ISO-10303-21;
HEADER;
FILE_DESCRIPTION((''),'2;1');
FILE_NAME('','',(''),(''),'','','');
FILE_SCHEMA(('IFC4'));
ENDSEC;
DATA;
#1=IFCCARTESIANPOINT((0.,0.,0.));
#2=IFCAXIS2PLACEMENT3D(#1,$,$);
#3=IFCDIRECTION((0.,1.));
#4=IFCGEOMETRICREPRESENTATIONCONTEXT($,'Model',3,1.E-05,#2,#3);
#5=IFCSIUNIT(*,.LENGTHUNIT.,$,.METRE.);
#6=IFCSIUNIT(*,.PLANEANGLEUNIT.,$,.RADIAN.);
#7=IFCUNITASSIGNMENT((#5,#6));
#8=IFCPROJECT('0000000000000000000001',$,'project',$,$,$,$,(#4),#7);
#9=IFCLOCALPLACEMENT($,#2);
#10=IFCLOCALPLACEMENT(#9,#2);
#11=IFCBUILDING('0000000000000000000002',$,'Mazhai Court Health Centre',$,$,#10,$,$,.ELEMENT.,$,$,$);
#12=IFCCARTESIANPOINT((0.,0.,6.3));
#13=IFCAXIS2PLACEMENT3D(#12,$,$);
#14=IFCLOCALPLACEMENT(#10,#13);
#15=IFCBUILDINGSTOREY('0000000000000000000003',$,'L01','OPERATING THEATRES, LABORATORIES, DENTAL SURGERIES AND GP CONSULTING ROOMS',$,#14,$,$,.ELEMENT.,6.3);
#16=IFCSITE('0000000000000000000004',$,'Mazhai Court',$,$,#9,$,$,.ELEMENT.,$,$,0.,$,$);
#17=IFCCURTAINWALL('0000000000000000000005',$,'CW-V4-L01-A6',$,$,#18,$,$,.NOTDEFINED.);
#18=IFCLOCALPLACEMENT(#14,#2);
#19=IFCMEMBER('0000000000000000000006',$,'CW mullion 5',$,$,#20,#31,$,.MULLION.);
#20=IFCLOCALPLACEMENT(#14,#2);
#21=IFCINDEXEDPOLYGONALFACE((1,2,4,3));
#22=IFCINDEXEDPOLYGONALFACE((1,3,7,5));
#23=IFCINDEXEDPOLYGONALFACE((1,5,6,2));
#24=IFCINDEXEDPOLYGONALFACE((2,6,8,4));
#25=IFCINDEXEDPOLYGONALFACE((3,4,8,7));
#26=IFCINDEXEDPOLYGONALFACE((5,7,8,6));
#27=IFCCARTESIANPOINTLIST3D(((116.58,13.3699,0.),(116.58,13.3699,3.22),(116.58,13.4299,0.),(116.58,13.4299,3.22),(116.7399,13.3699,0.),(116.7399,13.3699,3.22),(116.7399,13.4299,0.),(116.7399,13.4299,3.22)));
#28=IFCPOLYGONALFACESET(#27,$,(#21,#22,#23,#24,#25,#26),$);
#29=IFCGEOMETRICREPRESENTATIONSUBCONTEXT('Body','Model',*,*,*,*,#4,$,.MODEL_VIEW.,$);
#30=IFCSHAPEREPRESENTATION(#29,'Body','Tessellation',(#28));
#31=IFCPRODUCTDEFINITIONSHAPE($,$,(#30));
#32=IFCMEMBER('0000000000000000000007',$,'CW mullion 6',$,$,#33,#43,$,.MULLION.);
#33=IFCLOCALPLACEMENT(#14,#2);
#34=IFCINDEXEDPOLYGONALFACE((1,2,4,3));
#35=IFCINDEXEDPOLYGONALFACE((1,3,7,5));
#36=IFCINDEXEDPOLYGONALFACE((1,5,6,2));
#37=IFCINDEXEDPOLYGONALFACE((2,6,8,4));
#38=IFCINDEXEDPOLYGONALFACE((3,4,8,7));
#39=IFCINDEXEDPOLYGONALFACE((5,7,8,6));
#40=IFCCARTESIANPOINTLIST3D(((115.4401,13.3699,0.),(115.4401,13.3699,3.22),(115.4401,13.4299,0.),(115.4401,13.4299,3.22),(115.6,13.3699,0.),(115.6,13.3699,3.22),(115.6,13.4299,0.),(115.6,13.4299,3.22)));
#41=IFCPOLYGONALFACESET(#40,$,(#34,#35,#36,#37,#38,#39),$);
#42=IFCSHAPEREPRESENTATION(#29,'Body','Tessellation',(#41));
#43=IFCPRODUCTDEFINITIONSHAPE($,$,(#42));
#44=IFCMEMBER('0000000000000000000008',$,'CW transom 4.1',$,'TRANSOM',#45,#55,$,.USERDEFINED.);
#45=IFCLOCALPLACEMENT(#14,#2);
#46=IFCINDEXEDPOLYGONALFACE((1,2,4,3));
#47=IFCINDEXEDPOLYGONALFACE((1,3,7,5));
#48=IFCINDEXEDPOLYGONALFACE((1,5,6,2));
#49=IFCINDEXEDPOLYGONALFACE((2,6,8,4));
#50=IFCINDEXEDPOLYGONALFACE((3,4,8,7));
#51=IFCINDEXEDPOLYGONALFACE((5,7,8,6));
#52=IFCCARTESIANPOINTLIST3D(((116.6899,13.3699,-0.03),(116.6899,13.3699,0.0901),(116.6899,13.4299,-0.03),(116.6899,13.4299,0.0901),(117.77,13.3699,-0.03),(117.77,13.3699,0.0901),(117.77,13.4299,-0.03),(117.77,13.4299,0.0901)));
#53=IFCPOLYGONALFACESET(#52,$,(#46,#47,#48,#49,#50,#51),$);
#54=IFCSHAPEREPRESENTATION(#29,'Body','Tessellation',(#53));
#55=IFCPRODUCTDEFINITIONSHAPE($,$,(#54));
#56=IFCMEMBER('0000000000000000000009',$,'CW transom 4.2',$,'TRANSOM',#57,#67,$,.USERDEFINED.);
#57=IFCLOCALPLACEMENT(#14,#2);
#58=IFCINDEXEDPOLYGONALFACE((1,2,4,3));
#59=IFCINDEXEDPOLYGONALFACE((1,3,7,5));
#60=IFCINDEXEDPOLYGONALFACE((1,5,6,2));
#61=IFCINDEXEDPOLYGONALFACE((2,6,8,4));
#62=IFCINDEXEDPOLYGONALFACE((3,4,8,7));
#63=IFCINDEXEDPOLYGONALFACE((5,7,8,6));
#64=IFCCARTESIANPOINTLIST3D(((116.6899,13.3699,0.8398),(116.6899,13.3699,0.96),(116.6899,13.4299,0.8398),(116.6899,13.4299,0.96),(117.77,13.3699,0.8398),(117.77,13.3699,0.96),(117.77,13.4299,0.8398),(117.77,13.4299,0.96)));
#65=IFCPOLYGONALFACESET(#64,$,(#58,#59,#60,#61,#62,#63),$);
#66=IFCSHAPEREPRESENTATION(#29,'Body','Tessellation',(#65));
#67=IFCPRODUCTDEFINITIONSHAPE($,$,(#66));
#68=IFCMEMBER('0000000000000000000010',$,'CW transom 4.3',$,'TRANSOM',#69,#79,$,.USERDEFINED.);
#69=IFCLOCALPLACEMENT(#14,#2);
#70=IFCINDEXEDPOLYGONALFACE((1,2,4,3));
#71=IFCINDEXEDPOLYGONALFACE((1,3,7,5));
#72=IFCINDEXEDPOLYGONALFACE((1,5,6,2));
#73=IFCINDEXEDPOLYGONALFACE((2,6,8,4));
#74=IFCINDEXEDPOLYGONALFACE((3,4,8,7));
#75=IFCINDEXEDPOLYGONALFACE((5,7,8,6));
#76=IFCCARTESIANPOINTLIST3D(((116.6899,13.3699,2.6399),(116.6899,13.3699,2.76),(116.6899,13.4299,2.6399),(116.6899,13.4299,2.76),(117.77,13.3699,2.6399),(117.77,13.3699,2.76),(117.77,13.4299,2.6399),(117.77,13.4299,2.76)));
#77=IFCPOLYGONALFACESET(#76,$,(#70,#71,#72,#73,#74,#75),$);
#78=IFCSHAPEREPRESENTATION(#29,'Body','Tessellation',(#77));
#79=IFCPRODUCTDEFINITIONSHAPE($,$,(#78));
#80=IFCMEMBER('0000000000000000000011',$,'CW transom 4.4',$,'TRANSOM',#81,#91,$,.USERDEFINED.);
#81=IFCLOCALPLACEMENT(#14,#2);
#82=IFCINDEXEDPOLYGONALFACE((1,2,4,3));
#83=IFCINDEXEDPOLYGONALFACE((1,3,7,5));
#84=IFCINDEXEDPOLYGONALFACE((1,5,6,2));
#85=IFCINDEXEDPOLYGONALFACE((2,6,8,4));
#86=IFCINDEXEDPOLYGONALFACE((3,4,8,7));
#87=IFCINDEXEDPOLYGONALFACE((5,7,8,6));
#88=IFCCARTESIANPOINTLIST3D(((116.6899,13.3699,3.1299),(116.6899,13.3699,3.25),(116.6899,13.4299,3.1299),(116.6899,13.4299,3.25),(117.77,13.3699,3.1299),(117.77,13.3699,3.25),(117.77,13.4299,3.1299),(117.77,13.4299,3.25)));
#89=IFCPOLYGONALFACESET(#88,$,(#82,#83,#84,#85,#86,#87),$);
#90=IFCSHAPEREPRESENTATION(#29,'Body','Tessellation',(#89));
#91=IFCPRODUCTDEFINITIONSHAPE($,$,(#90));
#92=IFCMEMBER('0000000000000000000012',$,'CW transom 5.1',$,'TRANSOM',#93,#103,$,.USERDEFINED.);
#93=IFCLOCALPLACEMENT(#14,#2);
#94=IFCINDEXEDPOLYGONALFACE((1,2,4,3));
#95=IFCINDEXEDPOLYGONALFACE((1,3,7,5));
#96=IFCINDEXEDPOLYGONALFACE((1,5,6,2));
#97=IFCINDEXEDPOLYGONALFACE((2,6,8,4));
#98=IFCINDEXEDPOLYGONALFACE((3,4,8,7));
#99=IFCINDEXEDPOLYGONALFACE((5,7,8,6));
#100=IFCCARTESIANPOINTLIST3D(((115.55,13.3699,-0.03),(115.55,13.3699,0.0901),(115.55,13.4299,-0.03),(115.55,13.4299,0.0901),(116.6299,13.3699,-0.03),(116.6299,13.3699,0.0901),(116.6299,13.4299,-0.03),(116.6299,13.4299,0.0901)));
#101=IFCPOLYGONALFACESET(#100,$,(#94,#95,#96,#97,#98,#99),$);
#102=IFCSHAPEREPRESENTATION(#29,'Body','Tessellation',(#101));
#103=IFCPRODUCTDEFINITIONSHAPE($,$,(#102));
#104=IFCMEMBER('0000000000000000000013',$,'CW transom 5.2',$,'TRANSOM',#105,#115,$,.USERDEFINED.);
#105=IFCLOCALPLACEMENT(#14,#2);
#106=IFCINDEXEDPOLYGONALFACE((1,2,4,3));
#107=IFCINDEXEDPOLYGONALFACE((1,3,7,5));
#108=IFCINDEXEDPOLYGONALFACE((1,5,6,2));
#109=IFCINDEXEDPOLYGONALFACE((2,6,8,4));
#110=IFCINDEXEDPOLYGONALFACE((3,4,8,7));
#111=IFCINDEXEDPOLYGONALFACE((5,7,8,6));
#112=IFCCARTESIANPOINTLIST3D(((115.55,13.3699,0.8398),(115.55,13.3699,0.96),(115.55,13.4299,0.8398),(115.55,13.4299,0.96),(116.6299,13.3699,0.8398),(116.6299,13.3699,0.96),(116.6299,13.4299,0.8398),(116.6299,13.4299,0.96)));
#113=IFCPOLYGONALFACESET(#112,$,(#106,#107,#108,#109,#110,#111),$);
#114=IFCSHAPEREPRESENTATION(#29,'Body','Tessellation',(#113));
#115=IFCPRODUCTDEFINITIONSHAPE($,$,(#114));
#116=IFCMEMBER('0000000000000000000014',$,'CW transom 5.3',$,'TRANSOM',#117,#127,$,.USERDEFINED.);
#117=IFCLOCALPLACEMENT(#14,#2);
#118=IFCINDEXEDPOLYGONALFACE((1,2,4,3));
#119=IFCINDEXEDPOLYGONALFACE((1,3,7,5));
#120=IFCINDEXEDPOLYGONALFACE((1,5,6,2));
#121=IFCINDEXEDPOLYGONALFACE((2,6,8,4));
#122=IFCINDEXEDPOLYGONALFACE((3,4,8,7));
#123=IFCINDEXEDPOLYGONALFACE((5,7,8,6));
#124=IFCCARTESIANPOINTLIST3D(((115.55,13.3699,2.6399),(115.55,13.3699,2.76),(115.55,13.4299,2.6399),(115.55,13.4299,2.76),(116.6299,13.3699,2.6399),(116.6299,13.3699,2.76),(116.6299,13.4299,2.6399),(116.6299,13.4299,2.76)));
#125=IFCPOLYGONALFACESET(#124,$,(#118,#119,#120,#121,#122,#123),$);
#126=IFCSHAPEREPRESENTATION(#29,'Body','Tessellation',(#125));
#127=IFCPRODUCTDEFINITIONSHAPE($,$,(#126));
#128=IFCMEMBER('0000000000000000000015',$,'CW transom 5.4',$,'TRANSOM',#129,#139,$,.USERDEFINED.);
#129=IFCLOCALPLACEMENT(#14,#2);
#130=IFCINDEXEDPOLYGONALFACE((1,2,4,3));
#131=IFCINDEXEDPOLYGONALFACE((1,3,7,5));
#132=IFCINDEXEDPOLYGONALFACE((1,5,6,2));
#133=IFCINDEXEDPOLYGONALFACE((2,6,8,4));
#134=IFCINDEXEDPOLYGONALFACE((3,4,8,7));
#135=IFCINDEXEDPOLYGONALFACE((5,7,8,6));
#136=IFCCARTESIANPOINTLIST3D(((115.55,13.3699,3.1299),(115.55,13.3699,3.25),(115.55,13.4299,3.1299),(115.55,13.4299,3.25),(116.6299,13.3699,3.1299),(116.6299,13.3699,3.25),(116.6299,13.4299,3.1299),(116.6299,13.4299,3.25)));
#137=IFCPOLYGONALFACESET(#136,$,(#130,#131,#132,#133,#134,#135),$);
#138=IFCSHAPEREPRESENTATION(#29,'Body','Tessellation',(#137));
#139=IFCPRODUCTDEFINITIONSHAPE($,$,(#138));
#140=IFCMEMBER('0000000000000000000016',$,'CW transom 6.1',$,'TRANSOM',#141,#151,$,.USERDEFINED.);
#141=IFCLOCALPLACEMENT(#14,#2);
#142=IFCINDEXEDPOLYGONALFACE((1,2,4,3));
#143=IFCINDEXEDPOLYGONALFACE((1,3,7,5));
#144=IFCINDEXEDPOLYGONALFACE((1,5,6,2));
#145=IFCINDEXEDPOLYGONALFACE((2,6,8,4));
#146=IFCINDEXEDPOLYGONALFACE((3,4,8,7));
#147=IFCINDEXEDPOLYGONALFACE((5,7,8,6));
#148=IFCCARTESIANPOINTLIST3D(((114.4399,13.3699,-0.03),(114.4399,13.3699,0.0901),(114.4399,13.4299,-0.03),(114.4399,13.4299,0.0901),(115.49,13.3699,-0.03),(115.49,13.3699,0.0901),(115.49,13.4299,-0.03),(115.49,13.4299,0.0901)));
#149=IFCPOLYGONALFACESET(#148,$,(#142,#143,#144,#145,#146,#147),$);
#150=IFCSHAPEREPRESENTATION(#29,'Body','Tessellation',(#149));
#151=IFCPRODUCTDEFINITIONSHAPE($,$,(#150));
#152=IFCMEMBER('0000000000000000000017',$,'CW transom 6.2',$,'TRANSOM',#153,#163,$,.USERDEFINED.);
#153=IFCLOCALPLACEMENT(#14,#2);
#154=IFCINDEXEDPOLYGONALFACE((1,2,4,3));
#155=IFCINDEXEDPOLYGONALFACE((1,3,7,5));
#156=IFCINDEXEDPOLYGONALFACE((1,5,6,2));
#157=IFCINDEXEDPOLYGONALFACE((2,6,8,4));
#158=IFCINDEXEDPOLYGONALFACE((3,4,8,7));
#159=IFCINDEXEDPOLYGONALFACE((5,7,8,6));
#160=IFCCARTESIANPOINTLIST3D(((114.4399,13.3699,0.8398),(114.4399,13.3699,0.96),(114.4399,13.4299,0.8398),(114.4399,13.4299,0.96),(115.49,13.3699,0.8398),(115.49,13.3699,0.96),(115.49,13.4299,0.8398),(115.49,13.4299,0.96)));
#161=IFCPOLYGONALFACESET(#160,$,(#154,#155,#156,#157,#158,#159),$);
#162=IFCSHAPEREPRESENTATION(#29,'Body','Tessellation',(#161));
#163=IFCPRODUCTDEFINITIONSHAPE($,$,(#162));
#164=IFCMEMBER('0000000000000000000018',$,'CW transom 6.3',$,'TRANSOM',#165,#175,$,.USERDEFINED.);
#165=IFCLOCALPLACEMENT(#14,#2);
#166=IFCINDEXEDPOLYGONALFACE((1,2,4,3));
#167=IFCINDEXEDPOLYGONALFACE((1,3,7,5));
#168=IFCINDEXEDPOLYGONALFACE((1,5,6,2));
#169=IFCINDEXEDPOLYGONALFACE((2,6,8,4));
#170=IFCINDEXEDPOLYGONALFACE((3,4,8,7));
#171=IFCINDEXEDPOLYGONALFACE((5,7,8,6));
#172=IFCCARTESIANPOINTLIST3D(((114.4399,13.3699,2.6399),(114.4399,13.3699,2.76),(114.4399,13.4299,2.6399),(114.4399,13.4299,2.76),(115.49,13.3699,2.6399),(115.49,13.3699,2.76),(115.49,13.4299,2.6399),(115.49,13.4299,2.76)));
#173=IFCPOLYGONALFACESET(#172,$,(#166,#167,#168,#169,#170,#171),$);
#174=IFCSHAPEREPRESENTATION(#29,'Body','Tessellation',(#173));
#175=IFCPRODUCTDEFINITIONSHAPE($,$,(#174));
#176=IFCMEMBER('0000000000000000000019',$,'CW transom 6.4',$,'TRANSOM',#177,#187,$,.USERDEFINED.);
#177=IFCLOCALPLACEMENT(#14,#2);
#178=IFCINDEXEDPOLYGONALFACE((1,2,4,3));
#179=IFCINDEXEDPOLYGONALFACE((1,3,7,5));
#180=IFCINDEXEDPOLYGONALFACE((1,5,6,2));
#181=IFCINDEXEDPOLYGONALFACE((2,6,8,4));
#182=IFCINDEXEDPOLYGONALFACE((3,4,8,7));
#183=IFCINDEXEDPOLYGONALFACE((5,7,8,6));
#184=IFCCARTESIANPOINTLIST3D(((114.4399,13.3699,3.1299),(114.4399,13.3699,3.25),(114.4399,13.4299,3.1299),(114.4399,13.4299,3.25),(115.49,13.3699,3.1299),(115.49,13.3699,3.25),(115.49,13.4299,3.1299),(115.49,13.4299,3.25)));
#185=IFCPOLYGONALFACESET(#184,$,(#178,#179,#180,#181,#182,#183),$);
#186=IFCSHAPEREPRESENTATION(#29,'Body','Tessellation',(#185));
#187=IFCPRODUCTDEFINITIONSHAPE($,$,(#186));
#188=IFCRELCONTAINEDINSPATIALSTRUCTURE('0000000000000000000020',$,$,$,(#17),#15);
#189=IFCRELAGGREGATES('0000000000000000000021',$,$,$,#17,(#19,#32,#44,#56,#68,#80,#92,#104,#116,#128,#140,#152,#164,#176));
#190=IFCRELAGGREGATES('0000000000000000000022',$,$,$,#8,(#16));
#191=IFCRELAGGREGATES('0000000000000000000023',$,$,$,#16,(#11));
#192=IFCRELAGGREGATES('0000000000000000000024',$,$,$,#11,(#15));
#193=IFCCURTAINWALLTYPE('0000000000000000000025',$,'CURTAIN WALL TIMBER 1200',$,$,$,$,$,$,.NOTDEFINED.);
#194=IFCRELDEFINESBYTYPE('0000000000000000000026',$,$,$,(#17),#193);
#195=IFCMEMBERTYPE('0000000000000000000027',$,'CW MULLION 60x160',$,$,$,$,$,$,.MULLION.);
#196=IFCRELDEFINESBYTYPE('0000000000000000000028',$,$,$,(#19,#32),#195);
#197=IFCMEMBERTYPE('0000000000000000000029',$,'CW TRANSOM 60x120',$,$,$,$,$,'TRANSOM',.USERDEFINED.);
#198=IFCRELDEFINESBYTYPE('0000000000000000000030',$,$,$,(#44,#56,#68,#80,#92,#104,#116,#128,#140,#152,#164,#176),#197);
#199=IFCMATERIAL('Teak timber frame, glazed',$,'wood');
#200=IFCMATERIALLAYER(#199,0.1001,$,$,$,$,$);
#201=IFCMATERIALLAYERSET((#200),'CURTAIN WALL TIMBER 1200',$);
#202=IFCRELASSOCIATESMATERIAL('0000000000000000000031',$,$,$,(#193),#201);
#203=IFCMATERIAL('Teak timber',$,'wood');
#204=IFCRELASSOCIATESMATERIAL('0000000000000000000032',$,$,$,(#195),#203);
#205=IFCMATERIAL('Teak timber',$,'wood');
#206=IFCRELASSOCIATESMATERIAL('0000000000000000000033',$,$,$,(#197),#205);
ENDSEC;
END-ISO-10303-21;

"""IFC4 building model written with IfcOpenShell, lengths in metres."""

from ifc_helpers import new_model, si_unit, direction, frame, origin, origin_2d, place, context, subcontext, project, spatial, rectangle, extrude, material, layer, layer_set, material_profile, profile_set, type_object, element, aggregate, save


model = new_model("IFC4")

# Units and contexts
model_context = context("Model", 3, precision=1e-05, world=origin(), true_north=direction((0.0, 1.0)))
body_context = subcontext(model_context, "Body", "Model", "MODEL_VIEW")
ifc_project = project(units=[si_unit("LENGTHUNIT", "METRE"), si_unit("PLANEANGLEUNIT", "RADIAN")], contexts=[model_context])

# Site, building, storey
site_placement = place(None, origin())
site = spatial("IfcSite", under=ifc_project, at=site_placement, Name="Mazhai Court", CompositionType="ELEMENT", RefElevation=0.0)
building_placement = place(site_placement, origin())
building = spatial("IfcBuilding", under=site, at=building_placement, Name="Mazhai Court Health Centre", CompositionType="ELEMENT")
storey_placement = place(building_placement, frame((0.0, 0.0, 6.3)))
storey = spatial("IfcBuildingStorey", under=building, at=storey_placement, Name="L01", Description="OPERATING THEATRES, LABORATORIES, DENTAL SURGERIES AND GP CONSULTING ROOMS", CompositionType="ELEMENT", Elevation=6.3)

# Curtain wall, members
ifc_material_1 = material(Name="Teak timber frame, glazed", Category="wood")
ifc_layer_1 = layer(ifc_material_1, 0.1001)
ifc_layer_set_1 = layer_set([ifc_layer_1], Name="CURTAIN WALL TIMBER 1200")
curtain_wall_type = type_object("IfcCurtainWallType", Name="CURTAIN WALL TIMBER 1200", PredefinedType="NOTDEFINED", material=ifc_layer_set_1)
curtain_wall_placement = place(storey_placement, origin())
curtain_wall = element("IfcCurtainWall", 1, at=curtain_wall_placement, inside=storey, type_object=curtain_wall_type, Name="CW-V4-L01-A6", PredefinedType="NOTDEFINED")
ifc_material_2 = material(Name="Teak timber", Category="wood")
ifc_material_profile_1 = material_profile(ifc_material_2, rectangle(XDim=0.0601, YDim=0.1599, at=origin_2d()), Name="CW MULLION 60x160")
ifc_profile_set_1 = profile_set([ifc_material_profile_1], Name="Teak timber")
member_type_1 = type_object("IfcMemberType", Name="CW MULLION 60x160", PredefinedType="MULLION", material=ifc_profile_set_1)
member_1_placement = place(storey_placement, frame((116.6599, 13.3999, 0.0), z_axis=(0.0, 0.0, 1.0), x_axis=(0.0, -1.0, 0.0)))
member_1 = element("IfcMember", 2, at=member_1_placement, type_object=member_type_1, Name="CW mullion 5", PredefinedType="MULLION", context=body_context, shape_type="SweptSolid", body=[
    extrude(rectangle(XDim=0.0601, YDim=0.1599, at=origin_2d()), origin(), (0.0, 0.0, 1.0), 3.22),
])
member_2_placement = place(storey_placement, frame((115.52, 13.3999, 0.0), z_axis=(0.0, 0.0, 1.0), x_axis=(0.0, -1.0, 0.0)))
member_2 = element("IfcMember", 3, at=member_2_placement, type_object=member_type_1, Name="CW mullion 6", PredefinedType="MULLION", context=body_context, shape_type="SweptSolid", body=[
    extrude(rectangle(XDim=0.0601, YDim=0.1599, at=origin_2d()), origin(), (0.0, 0.0, 1.0), 3.22),
])
ifc_material_3 = material(Name="Teak timber", Category="wood")
ifc_material_profile_2 = material_profile(ifc_material_3, rectangle(XDim=0.0601, YDim=0.1201, at=origin_2d()), Name="CW TRANSOM 60x120")
ifc_profile_set_2 = profile_set([ifc_material_profile_2], Name="Teak timber")
member_type_2 = type_object("IfcMemberType", Name="CW TRANSOM 60x120", ElementType="TRANSOM", PredefinedType="USERDEFINED", material=ifc_profile_set_2)
member_3_placement = place(storey_placement, frame((117.77, 13.3999, 0.03), z_axis=(-1.0, 0.0, 0.0), x_axis=(0.0, -1.0, 0.0)))
member_3 = element("IfcMember", 4, at=member_3_placement, type_object=member_type_2, Name="CW transom 4.1", ObjectType="TRANSOM", PredefinedType="USERDEFINED", context=body_context, shape_type="SweptSolid", body=[
    extrude(rectangle(XDim=0.0601, YDim=0.1201, at=origin_2d()), origin(), (0.0, 0.0, 1.0), 1.0801),
])
member_4_placement = place(storey_placement, frame((117.77, 13.3999, 0.8999), z_axis=(-1.0, 0.0, 0.0), x_axis=(0.0, -1.0, 0.0)))
member_4 = element("IfcMember", 5, at=member_4_placement, type_object=member_type_2, Name="CW transom 4.2", ObjectType="TRANSOM", PredefinedType="USERDEFINED", context=body_context, shape_type="SweptSolid", body=[
    extrude(rectangle(XDim=0.0601, YDim=0.1201, at=origin_2d()), origin(), (0.0, 0.0, 1.0), 1.0801),
])
member_5_placement = place(storey_placement, frame((117.77, 13.3999, 2.7), z_axis=(-1.0, 0.0, 0.0), x_axis=(0.0, -1.0, 0.0)))
member_5 = element("IfcMember", 6, at=member_5_placement, type_object=member_type_2, Name="CW transom 4.3", ObjectType="TRANSOM", PredefinedType="USERDEFINED", context=body_context, shape_type="SweptSolid", body=[
    extrude(rectangle(XDim=0.0601, YDim=0.1201, at=origin_2d()), origin(), (0.0, 0.0, 1.0), 1.0801),
])
member_6_placement = place(storey_placement, frame((117.77, 13.3999, 3.1899), z_axis=(-1.0, 0.0, 0.0), x_axis=(0.0, -1.0, 0.0)))
member_6 = element("IfcMember", 7, at=member_6_placement, type_object=member_type_2, Name="CW transom 4.4", ObjectType="TRANSOM", PredefinedType="USERDEFINED", context=body_context, shape_type="SweptSolid", body=[
    extrude(rectangle(XDim=0.0601, YDim=0.1201, at=origin_2d()), origin(), (0.0, 0.0, 1.0), 1.0801),
])
member_7_placement = place(storey_placement, frame((116.6299, 13.3999, 0.03), z_axis=(-1.0, 0.0, 0.0), x_axis=(0.0, -1.0, 0.0)))
member_7 = element("IfcMember", 8, at=member_7_placement, type_object=member_type_2, Name="CW transom 5.1", ObjectType="TRANSOM", PredefinedType="USERDEFINED", context=body_context, shape_type="SweptSolid", body=[
    extrude(rectangle(XDim=0.0601, YDim=0.1201, at=origin_2d()), origin(), (0.0, 0.0, 1.0), 1.0798),
])
member_8_placement = place(storey_placement, frame((116.6299, 13.3999, 0.8999), z_axis=(-1.0, 0.0, 0.0), x_axis=(0.0, -1.0, 0.0)))
member_8 = element("IfcMember", 9, at=member_8_placement, type_object=member_type_2, Name="CW transom 5.2", ObjectType="TRANSOM", PredefinedType="USERDEFINED", context=body_context, shape_type="SweptSolid", body=[
    extrude(rectangle(XDim=0.0601, YDim=0.1201, at=origin_2d()), origin(), (0.0, 0.0, 1.0), 1.0798),
])
member_9_placement = place(storey_placement, frame((116.6299, 13.3999, 2.7), z_axis=(-1.0, 0.0, 0.0), x_axis=(0.0, -1.0, 0.0)))
member_9 = element("IfcMember", 10, at=member_9_placement, type_object=member_type_2, Name="CW transom 5.3", ObjectType="TRANSOM", PredefinedType="USERDEFINED", context=body_context, shape_type="SweptSolid", body=[
    extrude(rectangle(XDim=0.0601, YDim=0.1201, at=origin_2d()), origin(), (0.0, 0.0, 1.0), 1.0798),
])
member_10_placement = place(storey_placement, frame((116.6299, 13.3999, 3.1899), z_axis=(-1.0, 0.0, 0.0), x_axis=(0.0, -1.0, 0.0)))
member_10 = element("IfcMember", 11, at=member_10_placement, type_object=member_type_2, Name="CW transom 5.4", ObjectType="TRANSOM", PredefinedType="USERDEFINED", context=body_context, shape_type="SweptSolid", body=[
    extrude(rectangle(XDim=0.0601, YDim=0.1201, at=origin_2d()), origin(), (0.0, 0.0, 1.0), 1.0798),
])
member_11_placement = place(storey_placement, frame((115.49, 13.3999, 0.03), z_axis=(-1.0, 0.0, 0.0), x_axis=(0.0, -1.0, 0.0)))
member_11 = element("IfcMember", 12, at=member_11_placement, type_object=member_type_2, Name="CW transom 6.1", ObjectType="TRANSOM", PredefinedType="USERDEFINED", context=body_context, shape_type="SweptSolid", body=[
    extrude(rectangle(XDim=0.0601, YDim=0.1201, at=origin_2d()), origin(), (0.0, 0.0, 1.0), 1.05),
])
member_12_placement = place(storey_placement, frame((115.49, 13.3999, 0.8999), z_axis=(-1.0, 0.0, 0.0), x_axis=(0.0, -1.0, 0.0)))
member_12 = element("IfcMember", 13, at=member_12_placement, type_object=member_type_2, Name="CW transom 6.2", ObjectType="TRANSOM", PredefinedType="USERDEFINED", context=body_context, shape_type="SweptSolid", body=[
    extrude(rectangle(XDim=0.0601, YDim=0.1201, at=origin_2d()), origin(), (0.0, 0.0, 1.0), 1.05),
])
member_13_placement = place(storey_placement, frame((115.49, 13.3999, 2.7), z_axis=(-1.0, 0.0, 0.0), x_axis=(0.0, -1.0, 0.0)))
member_13 = element("IfcMember", 14, at=member_13_placement, type_object=member_type_2, Name="CW transom 6.3", ObjectType="TRANSOM", PredefinedType="USERDEFINED", context=body_context, shape_type="SweptSolid", body=[
    extrude(rectangle(XDim=0.0601, YDim=0.1201, at=origin_2d()), origin(), (0.0, 0.0, 1.0), 1.05),
])
member_14_placement = place(storey_placement, frame((115.49, 13.3999, 3.1899), z_axis=(-1.0, 0.0, 0.0), x_axis=(0.0, -1.0, 0.0)))
member_14 = element("IfcMember", 15, at=member_14_placement, type_object=member_type_2, Name="CW transom 6.4", ObjectType="TRANSOM", PredefinedType="USERDEFINED", context=body_context, shape_type="SweptSolid", body=[
    extrude(rectangle(XDim=0.0601, YDim=0.1201, at=origin_2d()), origin(), (0.0, 0.0, 1.0), 1.05),
])
aggregate(curtain_wall, [member_1, member_2, member_3, member_4, member_5, member_6, member_7, member_8, member_9, member_10, member_11, member_12, member_13, member_14])

save(model, "model.ifc")
